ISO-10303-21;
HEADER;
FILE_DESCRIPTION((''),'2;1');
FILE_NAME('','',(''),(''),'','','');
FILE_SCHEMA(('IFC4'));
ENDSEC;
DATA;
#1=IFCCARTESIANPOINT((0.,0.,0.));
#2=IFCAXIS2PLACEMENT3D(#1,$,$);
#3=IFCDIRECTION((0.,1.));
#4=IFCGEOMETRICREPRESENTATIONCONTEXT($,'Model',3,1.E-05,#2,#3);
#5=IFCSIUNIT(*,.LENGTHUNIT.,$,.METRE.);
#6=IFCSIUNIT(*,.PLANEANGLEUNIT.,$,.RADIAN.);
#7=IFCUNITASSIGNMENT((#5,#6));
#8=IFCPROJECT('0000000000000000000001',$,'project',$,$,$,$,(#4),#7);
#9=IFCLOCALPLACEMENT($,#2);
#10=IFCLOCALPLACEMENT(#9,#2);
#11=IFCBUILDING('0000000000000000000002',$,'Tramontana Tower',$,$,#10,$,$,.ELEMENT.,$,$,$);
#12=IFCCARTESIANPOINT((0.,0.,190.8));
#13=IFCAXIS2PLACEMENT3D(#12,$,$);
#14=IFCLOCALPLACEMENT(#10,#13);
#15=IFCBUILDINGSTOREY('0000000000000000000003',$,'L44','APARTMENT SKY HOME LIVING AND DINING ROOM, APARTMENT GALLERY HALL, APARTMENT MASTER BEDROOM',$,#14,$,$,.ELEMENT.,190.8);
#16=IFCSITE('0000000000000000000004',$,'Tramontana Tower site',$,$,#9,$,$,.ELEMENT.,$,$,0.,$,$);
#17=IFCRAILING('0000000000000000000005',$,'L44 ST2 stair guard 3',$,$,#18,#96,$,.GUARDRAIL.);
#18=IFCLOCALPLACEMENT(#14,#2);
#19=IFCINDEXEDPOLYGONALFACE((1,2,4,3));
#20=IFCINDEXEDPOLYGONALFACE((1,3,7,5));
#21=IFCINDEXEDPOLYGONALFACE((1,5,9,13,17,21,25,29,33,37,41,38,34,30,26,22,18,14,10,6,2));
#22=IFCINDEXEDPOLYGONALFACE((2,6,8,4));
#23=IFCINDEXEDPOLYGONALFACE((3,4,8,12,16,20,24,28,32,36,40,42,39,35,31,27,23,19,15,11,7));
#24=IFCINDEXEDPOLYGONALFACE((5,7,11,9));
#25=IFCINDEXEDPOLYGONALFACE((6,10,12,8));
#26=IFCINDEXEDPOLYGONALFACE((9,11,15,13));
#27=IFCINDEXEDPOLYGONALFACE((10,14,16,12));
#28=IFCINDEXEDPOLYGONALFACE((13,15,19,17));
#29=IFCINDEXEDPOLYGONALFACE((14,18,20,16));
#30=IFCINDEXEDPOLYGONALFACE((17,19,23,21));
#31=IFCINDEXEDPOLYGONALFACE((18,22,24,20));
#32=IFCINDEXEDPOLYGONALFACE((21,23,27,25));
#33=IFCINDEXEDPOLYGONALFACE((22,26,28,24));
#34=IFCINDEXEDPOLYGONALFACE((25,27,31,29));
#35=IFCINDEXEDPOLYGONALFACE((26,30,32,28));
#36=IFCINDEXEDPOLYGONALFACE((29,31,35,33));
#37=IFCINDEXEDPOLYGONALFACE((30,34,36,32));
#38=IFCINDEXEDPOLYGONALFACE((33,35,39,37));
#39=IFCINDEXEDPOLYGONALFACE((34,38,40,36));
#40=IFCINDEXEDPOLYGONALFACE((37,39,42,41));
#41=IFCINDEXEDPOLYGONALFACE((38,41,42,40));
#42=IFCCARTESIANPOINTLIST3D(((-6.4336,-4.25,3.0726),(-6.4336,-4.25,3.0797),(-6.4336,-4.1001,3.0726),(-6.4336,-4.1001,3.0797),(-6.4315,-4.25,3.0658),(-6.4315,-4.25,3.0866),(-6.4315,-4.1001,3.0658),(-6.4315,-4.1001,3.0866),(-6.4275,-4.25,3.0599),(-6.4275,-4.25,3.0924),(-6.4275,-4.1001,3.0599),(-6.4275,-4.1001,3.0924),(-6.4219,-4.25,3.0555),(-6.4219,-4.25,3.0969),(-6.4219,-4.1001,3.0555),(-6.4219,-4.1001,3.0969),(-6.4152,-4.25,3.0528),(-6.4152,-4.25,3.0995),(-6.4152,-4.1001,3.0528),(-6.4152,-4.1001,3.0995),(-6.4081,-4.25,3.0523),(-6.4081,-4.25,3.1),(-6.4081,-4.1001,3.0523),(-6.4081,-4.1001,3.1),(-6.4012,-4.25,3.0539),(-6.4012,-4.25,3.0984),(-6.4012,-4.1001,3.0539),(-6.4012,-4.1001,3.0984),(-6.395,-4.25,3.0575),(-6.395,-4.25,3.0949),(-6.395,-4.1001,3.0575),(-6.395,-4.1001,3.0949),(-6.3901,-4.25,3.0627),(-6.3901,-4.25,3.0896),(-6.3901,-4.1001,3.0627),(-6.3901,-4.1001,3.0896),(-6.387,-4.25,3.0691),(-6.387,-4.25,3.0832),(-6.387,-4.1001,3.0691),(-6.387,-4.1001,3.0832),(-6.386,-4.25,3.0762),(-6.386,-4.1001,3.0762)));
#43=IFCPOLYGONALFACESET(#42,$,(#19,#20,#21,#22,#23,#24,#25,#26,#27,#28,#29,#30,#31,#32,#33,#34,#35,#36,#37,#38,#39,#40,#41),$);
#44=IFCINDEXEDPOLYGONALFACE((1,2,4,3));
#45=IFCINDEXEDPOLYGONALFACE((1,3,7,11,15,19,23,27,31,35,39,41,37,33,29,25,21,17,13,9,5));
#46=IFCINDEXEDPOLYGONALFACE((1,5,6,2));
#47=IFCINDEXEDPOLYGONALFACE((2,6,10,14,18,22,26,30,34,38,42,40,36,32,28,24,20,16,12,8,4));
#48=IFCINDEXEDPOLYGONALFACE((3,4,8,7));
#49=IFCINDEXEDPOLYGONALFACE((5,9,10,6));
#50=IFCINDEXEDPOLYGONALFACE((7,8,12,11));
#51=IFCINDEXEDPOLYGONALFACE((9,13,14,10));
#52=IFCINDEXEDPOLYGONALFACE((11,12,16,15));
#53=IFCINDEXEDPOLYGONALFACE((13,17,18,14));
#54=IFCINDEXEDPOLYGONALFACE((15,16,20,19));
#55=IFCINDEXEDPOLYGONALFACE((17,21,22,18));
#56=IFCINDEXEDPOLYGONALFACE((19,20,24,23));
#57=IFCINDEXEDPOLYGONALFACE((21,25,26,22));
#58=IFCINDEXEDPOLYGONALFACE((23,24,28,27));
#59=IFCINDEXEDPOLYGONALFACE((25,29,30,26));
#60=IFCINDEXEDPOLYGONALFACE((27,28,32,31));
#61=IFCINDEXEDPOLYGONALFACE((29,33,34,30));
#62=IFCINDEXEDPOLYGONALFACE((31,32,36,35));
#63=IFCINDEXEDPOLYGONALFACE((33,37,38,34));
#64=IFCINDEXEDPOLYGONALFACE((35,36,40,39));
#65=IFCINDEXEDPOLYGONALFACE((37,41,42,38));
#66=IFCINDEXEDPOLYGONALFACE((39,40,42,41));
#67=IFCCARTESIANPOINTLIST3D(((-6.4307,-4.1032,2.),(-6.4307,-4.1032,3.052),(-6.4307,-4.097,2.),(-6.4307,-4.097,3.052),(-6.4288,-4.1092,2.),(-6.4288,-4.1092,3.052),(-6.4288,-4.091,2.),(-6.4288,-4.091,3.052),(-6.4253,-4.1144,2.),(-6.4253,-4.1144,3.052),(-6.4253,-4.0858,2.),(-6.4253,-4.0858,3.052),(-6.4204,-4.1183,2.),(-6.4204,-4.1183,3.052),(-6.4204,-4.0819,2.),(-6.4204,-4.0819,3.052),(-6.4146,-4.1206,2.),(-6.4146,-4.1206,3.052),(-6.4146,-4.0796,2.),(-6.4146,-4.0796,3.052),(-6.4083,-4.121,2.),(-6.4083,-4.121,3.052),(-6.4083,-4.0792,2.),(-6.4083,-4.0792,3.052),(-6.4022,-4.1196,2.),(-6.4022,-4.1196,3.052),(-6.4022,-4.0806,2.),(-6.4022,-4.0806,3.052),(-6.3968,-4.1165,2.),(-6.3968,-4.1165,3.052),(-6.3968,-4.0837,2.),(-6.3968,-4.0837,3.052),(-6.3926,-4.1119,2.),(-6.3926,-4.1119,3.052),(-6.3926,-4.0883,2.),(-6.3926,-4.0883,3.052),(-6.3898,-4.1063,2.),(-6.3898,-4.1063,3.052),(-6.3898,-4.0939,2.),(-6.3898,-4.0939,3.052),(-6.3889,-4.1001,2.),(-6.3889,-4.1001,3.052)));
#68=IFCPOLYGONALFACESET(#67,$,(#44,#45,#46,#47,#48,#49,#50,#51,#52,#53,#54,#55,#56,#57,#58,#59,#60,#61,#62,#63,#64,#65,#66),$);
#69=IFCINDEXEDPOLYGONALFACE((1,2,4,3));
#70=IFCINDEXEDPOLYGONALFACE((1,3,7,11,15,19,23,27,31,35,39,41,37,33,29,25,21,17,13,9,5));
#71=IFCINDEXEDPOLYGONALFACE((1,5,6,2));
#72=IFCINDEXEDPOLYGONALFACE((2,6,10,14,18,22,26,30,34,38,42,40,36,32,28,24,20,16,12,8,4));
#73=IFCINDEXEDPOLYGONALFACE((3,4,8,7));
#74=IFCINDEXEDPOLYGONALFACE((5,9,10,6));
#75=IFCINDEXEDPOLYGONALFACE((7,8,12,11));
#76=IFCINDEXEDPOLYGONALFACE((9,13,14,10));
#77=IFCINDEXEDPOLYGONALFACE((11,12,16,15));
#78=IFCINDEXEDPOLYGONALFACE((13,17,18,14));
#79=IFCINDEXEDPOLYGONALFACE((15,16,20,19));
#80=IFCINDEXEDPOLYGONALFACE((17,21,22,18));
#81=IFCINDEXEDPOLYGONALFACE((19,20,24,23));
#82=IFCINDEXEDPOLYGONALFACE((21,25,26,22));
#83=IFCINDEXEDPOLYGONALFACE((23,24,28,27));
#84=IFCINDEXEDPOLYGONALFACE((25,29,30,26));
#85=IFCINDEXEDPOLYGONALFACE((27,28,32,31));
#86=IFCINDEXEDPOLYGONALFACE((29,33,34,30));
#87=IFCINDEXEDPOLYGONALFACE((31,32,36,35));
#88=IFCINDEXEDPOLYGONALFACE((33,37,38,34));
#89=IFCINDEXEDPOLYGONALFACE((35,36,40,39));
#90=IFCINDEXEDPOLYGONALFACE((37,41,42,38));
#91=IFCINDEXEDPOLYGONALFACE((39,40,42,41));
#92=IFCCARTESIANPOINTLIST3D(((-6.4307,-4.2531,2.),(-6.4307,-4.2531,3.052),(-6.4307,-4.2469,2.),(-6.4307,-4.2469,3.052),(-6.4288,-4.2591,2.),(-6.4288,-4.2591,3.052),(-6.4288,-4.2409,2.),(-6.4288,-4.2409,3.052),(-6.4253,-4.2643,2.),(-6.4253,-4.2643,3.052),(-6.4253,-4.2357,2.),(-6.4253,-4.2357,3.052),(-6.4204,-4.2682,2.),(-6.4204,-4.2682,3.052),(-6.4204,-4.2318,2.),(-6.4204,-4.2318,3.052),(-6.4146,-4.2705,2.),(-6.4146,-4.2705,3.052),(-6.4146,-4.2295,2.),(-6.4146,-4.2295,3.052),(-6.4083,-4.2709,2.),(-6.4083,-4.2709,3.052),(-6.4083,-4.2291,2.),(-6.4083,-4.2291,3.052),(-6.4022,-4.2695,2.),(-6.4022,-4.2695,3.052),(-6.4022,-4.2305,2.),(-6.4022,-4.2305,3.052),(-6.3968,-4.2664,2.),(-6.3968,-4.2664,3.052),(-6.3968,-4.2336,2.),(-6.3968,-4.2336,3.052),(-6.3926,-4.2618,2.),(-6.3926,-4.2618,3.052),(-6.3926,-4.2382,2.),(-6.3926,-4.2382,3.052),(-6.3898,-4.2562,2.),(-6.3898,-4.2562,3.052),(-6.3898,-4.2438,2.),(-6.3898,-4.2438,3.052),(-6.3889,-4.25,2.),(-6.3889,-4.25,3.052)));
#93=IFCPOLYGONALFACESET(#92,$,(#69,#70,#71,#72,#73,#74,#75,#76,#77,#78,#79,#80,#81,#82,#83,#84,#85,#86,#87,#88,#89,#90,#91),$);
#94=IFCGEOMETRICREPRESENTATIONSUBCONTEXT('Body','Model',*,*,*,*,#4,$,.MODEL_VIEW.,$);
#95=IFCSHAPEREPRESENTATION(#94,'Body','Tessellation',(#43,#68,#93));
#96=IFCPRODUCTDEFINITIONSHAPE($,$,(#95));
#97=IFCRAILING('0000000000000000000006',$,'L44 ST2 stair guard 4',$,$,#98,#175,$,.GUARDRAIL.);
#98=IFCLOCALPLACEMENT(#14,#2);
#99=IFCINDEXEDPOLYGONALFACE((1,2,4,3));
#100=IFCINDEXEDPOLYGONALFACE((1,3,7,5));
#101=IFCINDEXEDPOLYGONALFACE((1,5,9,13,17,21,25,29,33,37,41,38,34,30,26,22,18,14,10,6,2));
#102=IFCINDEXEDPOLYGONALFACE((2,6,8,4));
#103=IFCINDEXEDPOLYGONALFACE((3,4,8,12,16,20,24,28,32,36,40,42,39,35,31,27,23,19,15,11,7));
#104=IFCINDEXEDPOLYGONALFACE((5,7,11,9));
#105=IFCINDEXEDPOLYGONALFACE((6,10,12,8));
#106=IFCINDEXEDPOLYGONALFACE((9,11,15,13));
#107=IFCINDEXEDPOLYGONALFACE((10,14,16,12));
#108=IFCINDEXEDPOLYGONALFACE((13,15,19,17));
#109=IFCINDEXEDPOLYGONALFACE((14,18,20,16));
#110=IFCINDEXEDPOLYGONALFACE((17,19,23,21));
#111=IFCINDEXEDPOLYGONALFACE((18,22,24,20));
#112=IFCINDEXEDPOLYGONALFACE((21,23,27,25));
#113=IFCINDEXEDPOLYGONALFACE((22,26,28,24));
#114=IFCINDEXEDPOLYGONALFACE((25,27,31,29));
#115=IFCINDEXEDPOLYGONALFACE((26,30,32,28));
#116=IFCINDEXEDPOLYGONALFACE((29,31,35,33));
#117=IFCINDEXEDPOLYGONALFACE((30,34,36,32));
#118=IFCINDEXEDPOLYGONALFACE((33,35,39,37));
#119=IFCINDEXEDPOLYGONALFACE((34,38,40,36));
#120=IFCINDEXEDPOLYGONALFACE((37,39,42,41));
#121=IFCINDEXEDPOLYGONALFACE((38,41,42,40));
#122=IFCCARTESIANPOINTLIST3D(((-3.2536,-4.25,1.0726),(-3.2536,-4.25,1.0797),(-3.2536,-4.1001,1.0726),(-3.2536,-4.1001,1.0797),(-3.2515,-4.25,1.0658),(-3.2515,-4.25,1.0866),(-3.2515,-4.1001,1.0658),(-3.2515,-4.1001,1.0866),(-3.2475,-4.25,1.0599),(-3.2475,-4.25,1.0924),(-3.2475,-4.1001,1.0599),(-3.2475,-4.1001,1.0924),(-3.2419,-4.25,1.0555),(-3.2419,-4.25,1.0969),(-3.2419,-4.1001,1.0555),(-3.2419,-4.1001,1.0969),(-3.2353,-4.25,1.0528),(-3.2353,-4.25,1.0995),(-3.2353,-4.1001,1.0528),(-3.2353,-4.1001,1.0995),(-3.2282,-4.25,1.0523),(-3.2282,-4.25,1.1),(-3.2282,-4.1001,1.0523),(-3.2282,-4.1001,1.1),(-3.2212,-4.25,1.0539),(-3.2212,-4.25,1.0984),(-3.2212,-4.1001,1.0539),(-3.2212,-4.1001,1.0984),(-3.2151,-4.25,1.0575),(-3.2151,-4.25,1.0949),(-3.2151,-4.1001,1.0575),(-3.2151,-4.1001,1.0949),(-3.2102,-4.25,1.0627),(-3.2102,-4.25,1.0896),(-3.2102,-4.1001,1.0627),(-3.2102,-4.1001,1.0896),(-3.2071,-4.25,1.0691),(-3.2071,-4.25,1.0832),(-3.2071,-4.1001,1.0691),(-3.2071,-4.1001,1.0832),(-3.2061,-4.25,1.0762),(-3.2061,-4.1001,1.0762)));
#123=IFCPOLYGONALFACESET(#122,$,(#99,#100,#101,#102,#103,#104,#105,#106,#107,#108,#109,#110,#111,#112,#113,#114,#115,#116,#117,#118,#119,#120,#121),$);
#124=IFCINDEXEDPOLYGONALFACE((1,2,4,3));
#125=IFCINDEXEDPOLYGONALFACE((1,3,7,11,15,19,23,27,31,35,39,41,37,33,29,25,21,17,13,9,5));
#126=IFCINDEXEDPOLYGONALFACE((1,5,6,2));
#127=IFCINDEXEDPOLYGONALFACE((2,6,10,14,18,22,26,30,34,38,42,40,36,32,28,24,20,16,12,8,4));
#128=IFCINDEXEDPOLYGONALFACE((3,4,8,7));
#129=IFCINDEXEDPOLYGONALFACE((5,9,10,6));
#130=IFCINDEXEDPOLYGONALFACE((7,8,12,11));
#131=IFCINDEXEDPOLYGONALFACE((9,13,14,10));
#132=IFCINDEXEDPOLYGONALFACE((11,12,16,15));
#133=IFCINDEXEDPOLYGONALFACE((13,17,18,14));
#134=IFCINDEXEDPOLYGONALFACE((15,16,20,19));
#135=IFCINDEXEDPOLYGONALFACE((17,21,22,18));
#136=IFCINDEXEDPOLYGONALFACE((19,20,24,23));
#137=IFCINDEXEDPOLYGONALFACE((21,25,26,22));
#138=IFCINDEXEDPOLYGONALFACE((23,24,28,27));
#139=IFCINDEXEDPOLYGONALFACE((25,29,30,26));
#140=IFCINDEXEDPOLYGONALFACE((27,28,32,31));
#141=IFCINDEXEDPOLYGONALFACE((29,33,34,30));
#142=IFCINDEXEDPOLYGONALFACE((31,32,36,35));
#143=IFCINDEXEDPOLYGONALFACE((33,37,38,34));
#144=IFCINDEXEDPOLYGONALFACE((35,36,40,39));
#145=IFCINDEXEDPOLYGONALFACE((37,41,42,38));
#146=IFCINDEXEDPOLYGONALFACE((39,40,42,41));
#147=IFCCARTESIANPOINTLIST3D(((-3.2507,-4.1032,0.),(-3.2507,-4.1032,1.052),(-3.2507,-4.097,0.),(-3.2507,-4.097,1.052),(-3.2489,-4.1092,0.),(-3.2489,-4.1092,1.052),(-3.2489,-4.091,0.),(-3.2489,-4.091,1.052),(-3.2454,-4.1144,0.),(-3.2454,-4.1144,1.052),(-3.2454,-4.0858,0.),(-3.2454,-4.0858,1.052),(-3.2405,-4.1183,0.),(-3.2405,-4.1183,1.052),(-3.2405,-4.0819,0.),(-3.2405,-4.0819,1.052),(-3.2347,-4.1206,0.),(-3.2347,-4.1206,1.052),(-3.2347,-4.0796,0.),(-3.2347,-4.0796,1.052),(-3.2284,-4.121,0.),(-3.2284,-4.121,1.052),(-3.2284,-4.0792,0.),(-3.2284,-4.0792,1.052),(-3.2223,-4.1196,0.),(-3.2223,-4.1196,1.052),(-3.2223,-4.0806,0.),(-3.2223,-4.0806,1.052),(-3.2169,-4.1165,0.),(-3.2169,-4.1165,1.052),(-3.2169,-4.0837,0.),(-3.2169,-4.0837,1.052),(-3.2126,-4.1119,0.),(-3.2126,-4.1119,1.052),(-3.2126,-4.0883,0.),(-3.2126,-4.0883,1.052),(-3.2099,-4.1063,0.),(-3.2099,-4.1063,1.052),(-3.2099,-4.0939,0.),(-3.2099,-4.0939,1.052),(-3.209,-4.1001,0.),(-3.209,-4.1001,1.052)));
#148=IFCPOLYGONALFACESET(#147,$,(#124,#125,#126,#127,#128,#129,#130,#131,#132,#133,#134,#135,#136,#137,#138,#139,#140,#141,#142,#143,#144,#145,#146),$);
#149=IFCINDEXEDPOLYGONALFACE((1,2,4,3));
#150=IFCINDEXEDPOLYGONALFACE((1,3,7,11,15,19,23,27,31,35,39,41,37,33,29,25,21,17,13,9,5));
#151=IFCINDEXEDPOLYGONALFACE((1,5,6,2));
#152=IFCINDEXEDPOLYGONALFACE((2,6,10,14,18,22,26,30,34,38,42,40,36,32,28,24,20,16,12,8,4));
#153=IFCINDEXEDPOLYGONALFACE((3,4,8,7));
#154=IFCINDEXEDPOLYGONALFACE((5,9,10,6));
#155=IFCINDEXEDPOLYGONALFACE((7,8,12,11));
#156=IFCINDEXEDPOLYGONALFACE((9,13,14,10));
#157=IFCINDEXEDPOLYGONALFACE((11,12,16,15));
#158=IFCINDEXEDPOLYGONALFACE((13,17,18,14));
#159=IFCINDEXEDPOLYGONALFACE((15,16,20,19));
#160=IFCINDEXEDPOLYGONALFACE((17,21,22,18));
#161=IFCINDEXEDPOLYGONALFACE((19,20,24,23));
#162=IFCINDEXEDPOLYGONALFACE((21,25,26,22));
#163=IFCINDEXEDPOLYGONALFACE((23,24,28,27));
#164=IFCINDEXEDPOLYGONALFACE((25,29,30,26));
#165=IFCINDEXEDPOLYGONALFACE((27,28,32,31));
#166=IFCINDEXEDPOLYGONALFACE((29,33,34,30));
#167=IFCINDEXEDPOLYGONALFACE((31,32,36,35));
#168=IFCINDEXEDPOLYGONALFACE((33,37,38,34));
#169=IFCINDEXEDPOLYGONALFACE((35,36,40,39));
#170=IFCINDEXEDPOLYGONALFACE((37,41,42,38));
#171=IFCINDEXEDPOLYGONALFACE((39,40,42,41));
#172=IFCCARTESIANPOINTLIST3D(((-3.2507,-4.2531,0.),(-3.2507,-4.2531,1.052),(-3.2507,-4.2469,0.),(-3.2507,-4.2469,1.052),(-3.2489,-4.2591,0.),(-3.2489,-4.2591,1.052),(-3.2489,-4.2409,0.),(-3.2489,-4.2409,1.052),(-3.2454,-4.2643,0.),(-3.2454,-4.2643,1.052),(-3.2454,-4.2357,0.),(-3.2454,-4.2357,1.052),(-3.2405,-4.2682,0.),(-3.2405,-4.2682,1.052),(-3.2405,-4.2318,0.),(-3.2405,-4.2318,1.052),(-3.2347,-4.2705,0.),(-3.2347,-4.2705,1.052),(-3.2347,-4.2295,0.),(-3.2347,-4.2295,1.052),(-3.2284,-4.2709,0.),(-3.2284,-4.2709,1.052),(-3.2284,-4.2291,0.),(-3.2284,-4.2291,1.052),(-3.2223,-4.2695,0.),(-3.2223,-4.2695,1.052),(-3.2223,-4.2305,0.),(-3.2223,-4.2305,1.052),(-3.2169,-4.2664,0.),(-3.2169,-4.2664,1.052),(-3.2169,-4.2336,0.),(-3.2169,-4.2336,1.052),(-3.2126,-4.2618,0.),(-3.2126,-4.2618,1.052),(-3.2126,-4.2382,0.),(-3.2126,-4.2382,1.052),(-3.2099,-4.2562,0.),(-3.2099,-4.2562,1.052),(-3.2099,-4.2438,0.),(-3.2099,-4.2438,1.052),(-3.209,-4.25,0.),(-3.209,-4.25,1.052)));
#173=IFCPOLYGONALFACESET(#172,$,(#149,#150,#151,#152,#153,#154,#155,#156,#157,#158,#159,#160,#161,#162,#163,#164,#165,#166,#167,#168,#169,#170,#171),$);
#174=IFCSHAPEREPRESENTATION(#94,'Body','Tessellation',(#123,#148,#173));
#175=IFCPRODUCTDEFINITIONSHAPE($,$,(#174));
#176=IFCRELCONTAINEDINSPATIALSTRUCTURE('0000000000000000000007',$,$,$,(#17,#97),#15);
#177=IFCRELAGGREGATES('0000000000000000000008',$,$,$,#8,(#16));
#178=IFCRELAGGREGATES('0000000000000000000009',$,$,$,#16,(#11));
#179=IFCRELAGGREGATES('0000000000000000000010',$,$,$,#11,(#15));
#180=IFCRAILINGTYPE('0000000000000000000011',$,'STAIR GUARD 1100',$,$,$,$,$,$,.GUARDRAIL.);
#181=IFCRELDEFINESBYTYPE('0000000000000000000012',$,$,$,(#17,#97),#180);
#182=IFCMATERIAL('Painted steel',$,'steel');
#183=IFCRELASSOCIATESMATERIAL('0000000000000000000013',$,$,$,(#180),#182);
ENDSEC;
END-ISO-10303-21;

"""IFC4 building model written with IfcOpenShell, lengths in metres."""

from ifc_helpers import new_model, si_unit, direction, frame, origin, origin_2d, place, context, subcontext, project, spatial, circle, extrude, material, type_object, element, save


model = new_model("IFC4")

# Units and contexts
model_context = context("Model", 3, precision=1e-05, world=origin(), true_north=direction((0.0, 1.0)))
body_context = subcontext(model_context, "Body", "Model", "MODEL_VIEW")
ifc_project = project(units=[si_unit("LENGTHUNIT", "METRE"), si_unit("PLANEANGLEUNIT", "RADIAN")], contexts=[model_context])

# Site, building, storey
site_placement = place(None, origin())
site = spatial("IfcSite", under=ifc_project, at=site_placement, Name="Tramontana Tower site", CompositionType="ELEMENT", RefElevation=0.0)
building_placement = place(site_placement, origin())
building = spatial("IfcBuilding", under=site, at=building_placement, Name="Tramontana Tower", CompositionType="ELEMENT")
storey_placement = place(building_placement, frame((0.0, 0.0, 190.8)))
storey = spatial("IfcBuildingStorey", under=building, at=storey_placement, Name="L44", Description="APARTMENT SKY HOME LIVING AND DINING ROOM, APARTMENT GALLERY HALL, APARTMENT MASTER BEDROOM", CompositionType="ELEMENT", Elevation=190.8)

# Railings
ifc_material_1 = material(Name="Painted steel", Category="steel")
railing_type_1 = type_object("IfcRailingType", Name="STAIR GUARD 1100", PredefinedType="GUARDRAIL", material=ifc_material_1)
for number, where, name in (
    (1, (-6.4099, -4.1001, 2.0), "L44 ST2 stair guard 3"),
    (2, (-3.23, -4.1001, 0.0), "L44 ST2 stair guard 4"),
):
    element("IfcRailing", number, at=place(storey_placement, frame(where)), inside=storey, type_object=railing_type_1, Name=name, PredefinedType="GUARDRAIL", context=body_context, shape_type="SweptSolid", body=[
        extrude(circle(Radius=0.0239, at=origin_2d()), frame((0.0, 0.0, 1.0762), z_axis=(0.0, -1.0, 0.0), x_axis=(1.0, 0.0, 0.0)), (0.0, 0.0, 1.0), 0.1499),
        extrude(circle(Radius=0.021, at=origin_2d()), origin(), (0.0, 0.0, 1.0), 1.052),
        extrude(circle(Radius=0.021, at=origin_2d()), frame((0.0, -0.1499, 0.0)), (0.0, 0.0, 1.0), 1.052),
    ])

save(model, "model.ifc")
